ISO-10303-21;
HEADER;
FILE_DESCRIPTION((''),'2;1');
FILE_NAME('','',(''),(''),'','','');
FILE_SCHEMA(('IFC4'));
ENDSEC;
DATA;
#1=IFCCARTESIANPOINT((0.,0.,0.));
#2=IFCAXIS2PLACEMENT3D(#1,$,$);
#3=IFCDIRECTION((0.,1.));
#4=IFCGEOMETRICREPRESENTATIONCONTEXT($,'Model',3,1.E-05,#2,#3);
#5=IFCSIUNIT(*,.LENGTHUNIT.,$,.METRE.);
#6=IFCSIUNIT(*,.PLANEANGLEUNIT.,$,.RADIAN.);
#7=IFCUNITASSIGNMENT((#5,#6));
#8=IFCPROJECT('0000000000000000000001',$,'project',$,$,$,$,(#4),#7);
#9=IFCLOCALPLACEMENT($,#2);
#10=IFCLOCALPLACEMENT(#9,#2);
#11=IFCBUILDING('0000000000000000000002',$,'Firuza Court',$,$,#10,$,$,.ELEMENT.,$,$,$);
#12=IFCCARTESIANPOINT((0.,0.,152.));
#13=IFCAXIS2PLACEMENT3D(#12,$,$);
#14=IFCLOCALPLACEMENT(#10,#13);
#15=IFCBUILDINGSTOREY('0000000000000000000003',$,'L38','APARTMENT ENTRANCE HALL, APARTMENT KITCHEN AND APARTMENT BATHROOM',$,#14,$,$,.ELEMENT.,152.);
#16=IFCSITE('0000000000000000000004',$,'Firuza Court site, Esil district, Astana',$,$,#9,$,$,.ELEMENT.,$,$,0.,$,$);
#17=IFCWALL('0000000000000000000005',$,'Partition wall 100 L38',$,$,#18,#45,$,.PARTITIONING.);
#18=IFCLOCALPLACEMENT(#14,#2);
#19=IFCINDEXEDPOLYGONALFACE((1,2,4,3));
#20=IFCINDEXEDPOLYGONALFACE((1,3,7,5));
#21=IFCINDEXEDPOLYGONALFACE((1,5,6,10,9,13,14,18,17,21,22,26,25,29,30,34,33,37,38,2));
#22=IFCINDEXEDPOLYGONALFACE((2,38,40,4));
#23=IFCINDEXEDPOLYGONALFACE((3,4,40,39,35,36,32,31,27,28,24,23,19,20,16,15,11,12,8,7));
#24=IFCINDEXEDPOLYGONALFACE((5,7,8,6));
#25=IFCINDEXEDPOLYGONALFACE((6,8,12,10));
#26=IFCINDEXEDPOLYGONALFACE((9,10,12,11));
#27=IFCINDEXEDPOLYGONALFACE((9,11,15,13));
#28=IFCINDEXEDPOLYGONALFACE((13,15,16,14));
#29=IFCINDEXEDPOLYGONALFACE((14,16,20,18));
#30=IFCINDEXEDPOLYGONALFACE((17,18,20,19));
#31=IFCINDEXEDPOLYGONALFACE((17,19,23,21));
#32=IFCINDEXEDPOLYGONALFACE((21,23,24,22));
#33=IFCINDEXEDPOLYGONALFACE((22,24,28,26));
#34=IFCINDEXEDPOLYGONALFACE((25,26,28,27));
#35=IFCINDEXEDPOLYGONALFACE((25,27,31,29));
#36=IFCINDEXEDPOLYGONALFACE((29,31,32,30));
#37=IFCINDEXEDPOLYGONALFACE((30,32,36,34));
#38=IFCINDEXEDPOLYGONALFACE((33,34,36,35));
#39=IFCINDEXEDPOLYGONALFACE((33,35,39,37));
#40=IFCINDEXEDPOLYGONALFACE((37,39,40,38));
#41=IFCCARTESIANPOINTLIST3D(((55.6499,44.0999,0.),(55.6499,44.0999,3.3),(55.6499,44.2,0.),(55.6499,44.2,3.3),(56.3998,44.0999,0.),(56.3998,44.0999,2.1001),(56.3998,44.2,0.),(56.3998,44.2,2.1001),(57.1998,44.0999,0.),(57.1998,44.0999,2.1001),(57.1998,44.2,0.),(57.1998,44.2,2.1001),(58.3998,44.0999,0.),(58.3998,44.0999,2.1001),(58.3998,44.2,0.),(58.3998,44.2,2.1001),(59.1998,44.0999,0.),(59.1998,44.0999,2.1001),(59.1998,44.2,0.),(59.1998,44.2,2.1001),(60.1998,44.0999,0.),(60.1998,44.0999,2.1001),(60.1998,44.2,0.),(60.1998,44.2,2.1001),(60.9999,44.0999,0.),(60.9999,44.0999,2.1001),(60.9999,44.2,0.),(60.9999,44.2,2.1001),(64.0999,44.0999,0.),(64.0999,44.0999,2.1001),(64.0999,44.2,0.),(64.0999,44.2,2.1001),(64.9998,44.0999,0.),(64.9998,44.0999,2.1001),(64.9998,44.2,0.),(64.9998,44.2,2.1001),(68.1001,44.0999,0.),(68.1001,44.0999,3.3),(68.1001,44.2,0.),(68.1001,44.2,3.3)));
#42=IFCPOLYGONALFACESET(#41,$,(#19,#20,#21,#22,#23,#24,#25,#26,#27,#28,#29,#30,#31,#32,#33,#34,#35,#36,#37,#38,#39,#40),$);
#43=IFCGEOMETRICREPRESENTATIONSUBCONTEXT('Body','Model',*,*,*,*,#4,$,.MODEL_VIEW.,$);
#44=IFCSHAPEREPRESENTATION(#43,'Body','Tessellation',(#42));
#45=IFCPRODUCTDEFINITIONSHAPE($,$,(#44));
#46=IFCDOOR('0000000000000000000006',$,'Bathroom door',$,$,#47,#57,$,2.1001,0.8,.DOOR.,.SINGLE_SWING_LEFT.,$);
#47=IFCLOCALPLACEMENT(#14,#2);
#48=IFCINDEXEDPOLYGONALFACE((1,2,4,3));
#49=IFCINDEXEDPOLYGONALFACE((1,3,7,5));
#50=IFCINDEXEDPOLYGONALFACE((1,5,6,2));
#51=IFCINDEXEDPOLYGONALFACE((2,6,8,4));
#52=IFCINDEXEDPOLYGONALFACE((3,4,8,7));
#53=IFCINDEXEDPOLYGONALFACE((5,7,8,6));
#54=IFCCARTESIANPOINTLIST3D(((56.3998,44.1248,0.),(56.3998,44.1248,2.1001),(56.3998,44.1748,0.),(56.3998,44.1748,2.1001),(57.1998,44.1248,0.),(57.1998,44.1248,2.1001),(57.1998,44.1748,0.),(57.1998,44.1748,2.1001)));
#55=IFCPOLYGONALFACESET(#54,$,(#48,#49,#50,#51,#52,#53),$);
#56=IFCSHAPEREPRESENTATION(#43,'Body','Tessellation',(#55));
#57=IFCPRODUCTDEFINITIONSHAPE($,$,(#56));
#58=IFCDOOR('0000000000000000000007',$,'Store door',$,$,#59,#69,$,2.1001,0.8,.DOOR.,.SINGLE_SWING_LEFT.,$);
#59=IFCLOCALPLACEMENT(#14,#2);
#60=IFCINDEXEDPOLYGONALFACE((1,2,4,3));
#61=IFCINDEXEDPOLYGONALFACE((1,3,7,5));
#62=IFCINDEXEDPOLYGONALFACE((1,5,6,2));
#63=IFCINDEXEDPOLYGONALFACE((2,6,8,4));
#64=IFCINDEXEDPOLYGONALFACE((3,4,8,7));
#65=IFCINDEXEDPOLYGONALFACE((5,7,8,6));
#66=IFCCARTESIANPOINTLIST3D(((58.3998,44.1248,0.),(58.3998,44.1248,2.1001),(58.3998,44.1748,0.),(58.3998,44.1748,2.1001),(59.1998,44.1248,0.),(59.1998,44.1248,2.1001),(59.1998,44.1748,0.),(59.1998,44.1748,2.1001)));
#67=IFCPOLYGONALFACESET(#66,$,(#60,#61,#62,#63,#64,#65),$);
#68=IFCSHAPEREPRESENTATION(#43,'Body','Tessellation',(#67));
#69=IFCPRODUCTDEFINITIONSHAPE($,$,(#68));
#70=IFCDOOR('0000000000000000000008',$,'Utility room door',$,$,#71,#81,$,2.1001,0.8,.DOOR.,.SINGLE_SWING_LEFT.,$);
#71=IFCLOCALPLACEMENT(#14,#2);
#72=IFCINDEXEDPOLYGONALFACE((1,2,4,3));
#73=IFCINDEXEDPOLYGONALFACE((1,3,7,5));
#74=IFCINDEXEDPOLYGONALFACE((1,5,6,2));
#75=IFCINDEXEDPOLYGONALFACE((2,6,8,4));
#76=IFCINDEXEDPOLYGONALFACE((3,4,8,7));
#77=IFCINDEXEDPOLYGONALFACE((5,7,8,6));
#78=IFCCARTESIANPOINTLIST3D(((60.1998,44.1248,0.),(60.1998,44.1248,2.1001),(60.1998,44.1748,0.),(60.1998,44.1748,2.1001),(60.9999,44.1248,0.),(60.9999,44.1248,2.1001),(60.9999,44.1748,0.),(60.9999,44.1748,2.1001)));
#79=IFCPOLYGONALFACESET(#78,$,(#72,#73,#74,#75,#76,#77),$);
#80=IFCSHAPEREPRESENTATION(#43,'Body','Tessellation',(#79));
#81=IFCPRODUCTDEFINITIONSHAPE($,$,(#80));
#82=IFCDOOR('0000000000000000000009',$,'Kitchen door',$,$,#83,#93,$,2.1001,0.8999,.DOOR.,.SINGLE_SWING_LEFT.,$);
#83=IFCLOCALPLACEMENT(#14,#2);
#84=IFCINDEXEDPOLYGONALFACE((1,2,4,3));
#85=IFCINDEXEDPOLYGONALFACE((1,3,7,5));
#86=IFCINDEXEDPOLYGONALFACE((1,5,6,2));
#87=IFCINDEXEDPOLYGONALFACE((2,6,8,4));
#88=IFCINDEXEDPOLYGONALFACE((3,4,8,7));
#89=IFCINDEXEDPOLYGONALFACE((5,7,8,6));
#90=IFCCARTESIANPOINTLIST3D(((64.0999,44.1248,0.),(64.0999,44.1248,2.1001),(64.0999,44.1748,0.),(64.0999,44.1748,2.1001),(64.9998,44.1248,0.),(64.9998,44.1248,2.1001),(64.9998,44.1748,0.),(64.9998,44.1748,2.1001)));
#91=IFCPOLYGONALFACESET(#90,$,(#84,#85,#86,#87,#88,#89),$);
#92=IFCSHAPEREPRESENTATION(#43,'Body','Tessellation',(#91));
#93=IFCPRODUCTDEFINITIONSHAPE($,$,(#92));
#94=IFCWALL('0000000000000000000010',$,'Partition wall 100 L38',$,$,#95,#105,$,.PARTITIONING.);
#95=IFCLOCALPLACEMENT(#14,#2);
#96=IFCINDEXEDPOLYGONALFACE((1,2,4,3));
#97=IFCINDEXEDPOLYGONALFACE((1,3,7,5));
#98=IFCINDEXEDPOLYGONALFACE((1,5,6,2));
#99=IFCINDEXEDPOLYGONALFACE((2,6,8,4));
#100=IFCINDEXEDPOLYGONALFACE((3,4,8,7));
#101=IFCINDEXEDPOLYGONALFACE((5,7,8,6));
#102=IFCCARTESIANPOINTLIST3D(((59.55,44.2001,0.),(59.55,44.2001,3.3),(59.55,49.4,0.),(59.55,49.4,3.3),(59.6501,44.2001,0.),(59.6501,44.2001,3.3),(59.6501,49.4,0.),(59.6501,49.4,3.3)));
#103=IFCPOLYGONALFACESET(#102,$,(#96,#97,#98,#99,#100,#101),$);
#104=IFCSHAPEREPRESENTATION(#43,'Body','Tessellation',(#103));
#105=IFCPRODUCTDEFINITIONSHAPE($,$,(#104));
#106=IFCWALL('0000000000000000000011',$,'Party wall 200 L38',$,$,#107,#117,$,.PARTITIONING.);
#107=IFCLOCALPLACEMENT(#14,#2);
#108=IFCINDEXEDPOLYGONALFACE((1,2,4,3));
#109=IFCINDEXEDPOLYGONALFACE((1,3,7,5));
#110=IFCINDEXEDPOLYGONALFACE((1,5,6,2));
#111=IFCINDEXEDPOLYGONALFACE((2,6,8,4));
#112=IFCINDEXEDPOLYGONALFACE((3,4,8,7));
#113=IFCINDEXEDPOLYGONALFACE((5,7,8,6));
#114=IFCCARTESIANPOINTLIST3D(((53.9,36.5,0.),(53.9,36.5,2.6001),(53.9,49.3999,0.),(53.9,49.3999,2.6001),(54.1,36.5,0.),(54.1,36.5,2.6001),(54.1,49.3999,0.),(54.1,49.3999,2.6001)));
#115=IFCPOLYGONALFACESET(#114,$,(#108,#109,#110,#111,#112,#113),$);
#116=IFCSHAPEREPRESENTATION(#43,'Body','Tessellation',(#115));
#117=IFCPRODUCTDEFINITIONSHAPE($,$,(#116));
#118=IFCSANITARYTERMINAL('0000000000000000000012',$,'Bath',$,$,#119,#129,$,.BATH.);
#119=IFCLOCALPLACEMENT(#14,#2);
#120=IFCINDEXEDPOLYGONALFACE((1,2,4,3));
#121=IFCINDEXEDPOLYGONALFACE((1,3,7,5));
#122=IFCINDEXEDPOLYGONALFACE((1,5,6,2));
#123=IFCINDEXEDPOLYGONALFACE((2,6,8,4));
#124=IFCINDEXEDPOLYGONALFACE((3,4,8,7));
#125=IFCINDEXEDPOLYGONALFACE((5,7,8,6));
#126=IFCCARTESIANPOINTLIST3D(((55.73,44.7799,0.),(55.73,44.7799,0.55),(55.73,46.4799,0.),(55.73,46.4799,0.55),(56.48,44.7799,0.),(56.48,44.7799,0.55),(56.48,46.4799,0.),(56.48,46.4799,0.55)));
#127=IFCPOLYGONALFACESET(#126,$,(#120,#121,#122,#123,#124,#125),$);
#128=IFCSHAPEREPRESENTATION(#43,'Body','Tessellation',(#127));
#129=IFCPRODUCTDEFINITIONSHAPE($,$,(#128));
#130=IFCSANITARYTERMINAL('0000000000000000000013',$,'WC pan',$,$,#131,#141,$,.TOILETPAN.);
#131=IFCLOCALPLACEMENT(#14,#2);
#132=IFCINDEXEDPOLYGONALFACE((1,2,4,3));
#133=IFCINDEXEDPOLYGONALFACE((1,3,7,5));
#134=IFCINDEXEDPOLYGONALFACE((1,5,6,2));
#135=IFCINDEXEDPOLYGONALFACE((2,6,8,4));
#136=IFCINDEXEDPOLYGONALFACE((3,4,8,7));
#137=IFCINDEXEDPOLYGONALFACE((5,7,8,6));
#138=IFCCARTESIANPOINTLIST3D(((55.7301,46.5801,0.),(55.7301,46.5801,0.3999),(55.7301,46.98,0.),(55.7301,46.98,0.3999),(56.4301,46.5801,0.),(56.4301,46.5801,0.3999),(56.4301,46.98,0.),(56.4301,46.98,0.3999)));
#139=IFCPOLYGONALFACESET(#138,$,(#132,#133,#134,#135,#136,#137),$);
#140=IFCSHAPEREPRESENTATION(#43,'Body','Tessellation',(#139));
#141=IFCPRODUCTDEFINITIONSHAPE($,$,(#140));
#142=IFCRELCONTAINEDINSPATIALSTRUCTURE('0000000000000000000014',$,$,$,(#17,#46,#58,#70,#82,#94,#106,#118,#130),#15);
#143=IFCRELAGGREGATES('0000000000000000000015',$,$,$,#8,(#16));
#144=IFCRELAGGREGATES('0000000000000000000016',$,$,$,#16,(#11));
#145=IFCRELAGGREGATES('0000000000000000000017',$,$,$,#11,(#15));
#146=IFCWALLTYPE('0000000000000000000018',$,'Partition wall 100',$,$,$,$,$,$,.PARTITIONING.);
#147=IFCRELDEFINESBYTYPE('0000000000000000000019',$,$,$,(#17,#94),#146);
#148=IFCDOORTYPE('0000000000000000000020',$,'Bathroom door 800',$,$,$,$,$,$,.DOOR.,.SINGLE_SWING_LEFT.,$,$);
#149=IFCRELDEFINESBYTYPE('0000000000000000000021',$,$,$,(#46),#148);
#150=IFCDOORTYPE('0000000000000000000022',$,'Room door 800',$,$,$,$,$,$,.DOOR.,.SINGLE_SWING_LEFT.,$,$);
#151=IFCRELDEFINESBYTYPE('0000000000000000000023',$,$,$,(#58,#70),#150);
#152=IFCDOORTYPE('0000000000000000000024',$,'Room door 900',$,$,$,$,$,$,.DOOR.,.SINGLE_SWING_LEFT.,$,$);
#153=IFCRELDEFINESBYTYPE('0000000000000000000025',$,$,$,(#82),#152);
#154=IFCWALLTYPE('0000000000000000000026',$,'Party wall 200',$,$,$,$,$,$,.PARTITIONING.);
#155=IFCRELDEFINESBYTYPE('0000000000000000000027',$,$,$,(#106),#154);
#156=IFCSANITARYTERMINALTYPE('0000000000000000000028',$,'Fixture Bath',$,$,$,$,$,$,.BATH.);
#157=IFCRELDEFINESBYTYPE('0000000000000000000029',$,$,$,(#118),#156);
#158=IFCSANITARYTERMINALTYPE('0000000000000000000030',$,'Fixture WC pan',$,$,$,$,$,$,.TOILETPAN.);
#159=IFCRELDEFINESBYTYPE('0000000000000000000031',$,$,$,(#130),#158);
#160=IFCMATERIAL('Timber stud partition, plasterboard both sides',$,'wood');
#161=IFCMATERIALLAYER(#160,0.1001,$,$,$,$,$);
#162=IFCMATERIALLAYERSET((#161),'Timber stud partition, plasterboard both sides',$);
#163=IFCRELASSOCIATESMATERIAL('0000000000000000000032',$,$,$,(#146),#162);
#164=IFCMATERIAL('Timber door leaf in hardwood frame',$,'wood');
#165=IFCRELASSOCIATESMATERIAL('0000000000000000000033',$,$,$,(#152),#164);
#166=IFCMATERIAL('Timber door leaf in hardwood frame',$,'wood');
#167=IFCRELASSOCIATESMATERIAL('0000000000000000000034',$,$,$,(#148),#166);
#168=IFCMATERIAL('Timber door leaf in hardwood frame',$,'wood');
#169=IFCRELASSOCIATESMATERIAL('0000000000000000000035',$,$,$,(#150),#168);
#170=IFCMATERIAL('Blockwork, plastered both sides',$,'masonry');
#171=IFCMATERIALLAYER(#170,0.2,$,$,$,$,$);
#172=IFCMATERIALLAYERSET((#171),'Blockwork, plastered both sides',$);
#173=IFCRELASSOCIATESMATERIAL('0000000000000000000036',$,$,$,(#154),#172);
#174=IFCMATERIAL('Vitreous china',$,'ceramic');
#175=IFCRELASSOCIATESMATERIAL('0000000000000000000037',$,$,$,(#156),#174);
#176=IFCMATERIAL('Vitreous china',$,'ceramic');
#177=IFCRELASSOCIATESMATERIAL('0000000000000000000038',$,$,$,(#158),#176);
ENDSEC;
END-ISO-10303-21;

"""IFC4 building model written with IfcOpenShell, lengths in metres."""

from ifc_helpers import new_model, si_unit, direction, frame, frame_2d, origin, origin_2d, place, context, subcontext, project, spatial, rectangle, extrude, material, layer, layer_set, type_object, element, fill, save


model = new_model("IFC4")

# Units and contexts
model_context = context("Model", 3, precision=1e-05, world=origin(), true_north=direction((0.0, 1.0)))
body_context = subcontext(model_context, "Body", "Model", "MODEL_VIEW")
ifc_project = project(units=[si_unit("LENGTHUNIT", "METRE"), si_unit("PLANEANGLEUNIT", "RADIAN")], contexts=[model_context])

# Site, building, storey
site_placement = place(None, origin())
site = spatial("IfcSite", under=ifc_project, at=site_placement, Name="Firuza Court site, Esil district, Astana", CompositionType="ELEMENT", RefElevation=0.0)
building_placement = place(site_placement, origin())
building = spatial("IfcBuilding", under=site, at=building_placement, Name="Firuza Court", CompositionType="ELEMENT")
storey_placement = place(building_placement, frame((0.0, 0.0, 152.0)))
storey = spatial("IfcBuildingStorey", under=building, at=storey_placement, Name="L38", Description="APARTMENT ENTRANCE HALL, APARTMENT KITCHEN AND APARTMENT BATHROOM", CompositionType="ELEMENT", Elevation=152.0)

# Shared definitions
ifc_material_1 = material(Name="Timber stud partition, plasterboard both sides", Category="wood")
ifc_layer_1 = layer(ifc_material_1, 0.1001)
ifc_layer_set_1 = layer_set([ifc_layer_1], Name="Timber stud partition, plasterboard both sides")
wall_type_1 = type_object("IfcWallType", Name="Partition wall 100", PredefinedType="PARTITIONING", material=ifc_layer_set_1)

# Wall, openings, doors
ifc_material_2 = material(Name="Timber door leaf in hardwood frame", Category="wood")
door_type_1 = type_object("IfcDoorType", Name="Room door 900", OperationType="SINGLE_SWING_LEFT", PredefinedType="DOOR", material=ifc_material_2)
wall_1_placement = place(storey_placement, frame((55.6499, 44.1499, 0.0), z_axis=(0.0, 0.0, 1.0), x_axis=(1.0, 0.0, 0.0)))
wall_1 = element("IfcWall", 1, at=wall_1_placement, inside=storey, type_object=wall_type_1, Name="Partition wall 100 L38", PredefinedType="PARTITIONING", context=body_context, shape_type="SweptSolid", body=[
    extrude(rectangle(XDim=12.4502, YDim=0.1001, at=frame_2d((6.2251, 0.0))), origin(), (0.0, 0.0, 1.0), 3.3),
])
opening_1_placement = place(wall_1_placement, frame((0.75, 0.0, 0.0)))
opening_1 = element("IfcOpeningElement", 2, at=opening_1_placement, cuts=wall_1, PredefinedType="OPENING", context=body_context, shape_type="SweptSolid", body=[
    extrude(rectangle(XDim=0.8, YDim=2.1001, at=frame_2d((0.3999, 1.05))), frame((0.0, 0.062, 0.0), z_axis=(0.0, -1.0, 0.0), x_axis=(1.0, 0.0, 0.0)), (0.0, 0.0, 1.0), 0.124),
])
opening_2_placement = place(wall_1_placement, frame((8.45, 0.0, 0.0)))
opening_2 = element("IfcOpeningElement", 3, at=opening_2_placement, cuts=wall_1, PredefinedType="OPENING", context=body_context, shape_type="SweptSolid", body=[
    extrude(rectangle(XDim=0.8999, YDim=2.1001, at=frame_2d((0.45, 1.05))), frame((0.0, 0.062, 0.0), z_axis=(0.0, -1.0, 0.0), x_axis=(1.0, 0.0, 0.0)), (0.0, 0.0, 1.0), 0.124),
])
opening_3_placement = place(wall_1_placement, frame((2.75, 0.0, 0.0)))
opening_3 = element("IfcOpeningElement", 4, at=opening_3_placement, cuts=wall_1, PredefinedType="OPENING", context=body_context, shape_type="SweptSolid", body=[
    extrude(rectangle(XDim=0.8, YDim=2.1001, at=frame_2d((0.3999, 1.05))), frame((0.0, 0.062, 0.0), z_axis=(0.0, -1.0, 0.0), x_axis=(1.0, 0.0, 0.0)), (0.0, 0.0, 1.0), 0.124),
])
opening_4_placement = place(wall_1_placement, frame((4.55, 0.0, 0.0)))
opening_4 = element("IfcOpeningElement", 5, at=opening_4_placement, cuts=wall_1, PredefinedType="OPENING", context=body_context, shape_type="SweptSolid", body=[
    extrude(rectangle(XDim=0.8, YDim=2.1001, at=frame_2d((0.3999, 1.05))), frame((0.0, 0.062, 0.0), z_axis=(0.0, -1.0, 0.0), x_axis=(1.0, 0.0, 0.0)), (0.0, 0.0, 1.0), 0.124),
])
ifc_material_3 = material(Name="Timber door leaf in hardwood frame", Category="wood")
door_type_2 = type_object("IfcDoorType", Name="Bathroom door 800", OperationType="SINGLE_SWING_LEFT", PredefinedType="DOOR", material=ifc_material_3)
door_1_placement = place(opening_1_placement, origin())
door_1 = element("IfcDoor", 6, at=door_1_placement, inside=storey, type_object=door_type_2, Name="Bathroom door", OperationType="SINGLE_SWING_LEFT", OverallHeight=2.1001, OverallWidth=0.8, PredefinedType="DOOR", context=body_context, shape_type="SweptSolid", body=[
    extrude(rectangle(XDim=0.8, YDim=2.1001, at=frame_2d((0.3999, 1.05))), frame((0.0, 0.0249, 0.0), z_axis=(0.0, -1.0, 0.0), x_axis=(1.0, 0.0, 0.0)), (0.0, 0.0, 1.0), 0.05),
])
fill(opening_1, door_1)
ifc_material_4 = material(Name="Timber door leaf in hardwood frame", Category="wood")
door_type_3 = type_object("IfcDoorType", Name="Room door 800", OperationType="SINGLE_SWING_LEFT", PredefinedType="DOOR", material=ifc_material_4)
door_2_placement = place(opening_3_placement, origin())
door_2 = element("IfcDoor", 7, at=door_2_placement, inside=storey, type_object=door_type_3, Name="Store door", OperationType="SINGLE_SWING_LEFT", OverallHeight=2.1001, OverallWidth=0.8, PredefinedType="DOOR", context=body_context, shape_type="SweptSolid", body=[
    extrude(rectangle(XDim=0.8, YDim=2.1001, at=frame_2d((0.3999, 1.05))), frame((0.0, 0.0249, 0.0), z_axis=(0.0, -1.0, 0.0), x_axis=(1.0, 0.0, 0.0)), (0.0, 0.0, 1.0), 0.05),
])
fill(opening_3, door_2)
door_3_placement = place(opening_4_placement, origin())
door_3 = element("IfcDoor", 8, at=door_3_placement, inside=storey, type_object=door_type_3, Name="Utility room door", OperationType="SINGLE_SWING_LEFT", OverallHeight=2.1001, OverallWidth=0.8, PredefinedType="DOOR", context=body_context, shape_type="SweptSolid", body=[
    extrude(rectangle(XDim=0.8, YDim=2.1001, at=frame_2d((0.3999, 1.05))), frame((0.0, 0.0249, 0.0), z_axis=(0.0, -1.0, 0.0), x_axis=(1.0, 0.0, 0.0)), (0.0, 0.0, 1.0), 0.05),
])
fill(opening_4, door_3)
door_4_placement = place(opening_2_placement, origin())
door_4 = element("IfcDoor", 9, at=door_4_placement, inside=storey, type_object=door_type_1, Name="Kitchen door", OperationType="SINGLE_SWING_LEFT", OverallHeight=2.1001, OverallWidth=0.8999, PredefinedType="DOOR", context=body_context, shape_type="SweptSolid", body=[
    extrude(rectangle(XDim=0.8999, YDim=2.1001, at=frame_2d((0.45, 1.05))), frame((0.0, 0.0249, 0.0), z_axis=(0.0, -1.0, 0.0), x_axis=(1.0, 0.0, 0.0)), (0.0, 0.0, 1.0), 0.05),
])
fill(opening_2, door_4)

# Walls
wall_2_placement = place(storey_placement, frame((59.6001, 44.2, 0.0), z_axis=(0.0, 0.0, 1.0), x_axis=(0.0, 1.0, 0.0)))
element("IfcWall", 10, at=wall_2_placement, inside=storey, type_object=wall_type_1, Name="Partition wall 100 L38", PredefinedType="PARTITIONING", context=body_context, shape_type="SweptSolid", body=[
    extrude(rectangle(XDim=5.2, YDim=0.1001, at=frame_2d((2.6001, 0.0))), origin(), (0.0, 0.0, 1.0), 3.3),
])
ifc_material_5 = material(Name="Blockwork, plastered both sides", Category="masonry")
ifc_layer_2 = layer(ifc_material_5, 0.2)
ifc_layer_set_2 = layer_set([ifc_layer_2], Name="Blockwork, plastered both sides")
wall_type_2 = type_object("IfcWallType", Name="Party wall 200", PredefinedType="PARTITIONING", material=ifc_layer_set_2)
wall_3_placement = place(storey_placement, frame((54.0, 36.5, 0.0), z_axis=(0.0, 0.0, 1.0), x_axis=(0.0, 1.0, 0.0)))
element("IfcWall", 11, at=wall_3_placement, inside=storey, type_object=wall_type_2, Name="Party wall 200 L38", PredefinedType="PARTITIONING", context=body_context, shape_type="SweptSolid", body=[
    extrude(rectangle(XDim=12.8999, YDim=0.2, at=frame_2d((6.45, 0.0))), origin(), (0.0, 0.0, 1.0), 2.6001),
])

# Sanitary terminals
ifc_material_6 = material(Name="Vitreous china", Category="ceramic")
sanitary_terminal_type_1 = type_object("IfcSanitaryTerminalType", Name="Fixture Bath", PredefinedType="BATH", material=ifc_material_6)
sanitary_terminal_1_placement = place(storey_placement, frame((56.105, 45.6299, 0.0), z_axis=(0.0, 0.0, 1.0), x_axis=(1.0, 0.0, 0.0)))
element("IfcSanitaryTerminal", 12, at=sanitary_terminal_1_placement, inside=storey, type_object=sanitary_terminal_type_1, Name="Bath", PredefinedType="BATH", context=body_context, shape_type="SweptSolid", body=[
    extrude(rectangle(XDim=0.75, YDim=1.7, at=origin_2d()), origin(), (0.0, 0.0, 1.0), 0.55),
])
ifc_material_7 = material(Name="Vitreous china", Category="ceramic")
sanitary_terminal_type_2 = type_object("IfcSanitaryTerminalType", Name="Fixture WC pan", PredefinedType="TOILETPAN", material=ifc_material_7)
sanitary_terminal_2_placement = place(storey_placement, frame((56.0801, 46.78, 0.0), z_axis=(0.0, 0.0, 1.0), x_axis=(1.0, 0.0, 0.0)))
element("IfcSanitaryTerminal", 13, at=sanitary_terminal_2_placement, inside=storey, type_object=sanitary_terminal_type_2, Name="WC pan", PredefinedType="TOILETPAN", context=body_context, shape_type="SweptSolid", body=[
    extrude(rectangle(XDim=0.7, YDim=0.3999, at=origin_2d()), origin(), (0.0, 0.0, 1.0), 0.3999),
])

save(model, "model.ifc")
